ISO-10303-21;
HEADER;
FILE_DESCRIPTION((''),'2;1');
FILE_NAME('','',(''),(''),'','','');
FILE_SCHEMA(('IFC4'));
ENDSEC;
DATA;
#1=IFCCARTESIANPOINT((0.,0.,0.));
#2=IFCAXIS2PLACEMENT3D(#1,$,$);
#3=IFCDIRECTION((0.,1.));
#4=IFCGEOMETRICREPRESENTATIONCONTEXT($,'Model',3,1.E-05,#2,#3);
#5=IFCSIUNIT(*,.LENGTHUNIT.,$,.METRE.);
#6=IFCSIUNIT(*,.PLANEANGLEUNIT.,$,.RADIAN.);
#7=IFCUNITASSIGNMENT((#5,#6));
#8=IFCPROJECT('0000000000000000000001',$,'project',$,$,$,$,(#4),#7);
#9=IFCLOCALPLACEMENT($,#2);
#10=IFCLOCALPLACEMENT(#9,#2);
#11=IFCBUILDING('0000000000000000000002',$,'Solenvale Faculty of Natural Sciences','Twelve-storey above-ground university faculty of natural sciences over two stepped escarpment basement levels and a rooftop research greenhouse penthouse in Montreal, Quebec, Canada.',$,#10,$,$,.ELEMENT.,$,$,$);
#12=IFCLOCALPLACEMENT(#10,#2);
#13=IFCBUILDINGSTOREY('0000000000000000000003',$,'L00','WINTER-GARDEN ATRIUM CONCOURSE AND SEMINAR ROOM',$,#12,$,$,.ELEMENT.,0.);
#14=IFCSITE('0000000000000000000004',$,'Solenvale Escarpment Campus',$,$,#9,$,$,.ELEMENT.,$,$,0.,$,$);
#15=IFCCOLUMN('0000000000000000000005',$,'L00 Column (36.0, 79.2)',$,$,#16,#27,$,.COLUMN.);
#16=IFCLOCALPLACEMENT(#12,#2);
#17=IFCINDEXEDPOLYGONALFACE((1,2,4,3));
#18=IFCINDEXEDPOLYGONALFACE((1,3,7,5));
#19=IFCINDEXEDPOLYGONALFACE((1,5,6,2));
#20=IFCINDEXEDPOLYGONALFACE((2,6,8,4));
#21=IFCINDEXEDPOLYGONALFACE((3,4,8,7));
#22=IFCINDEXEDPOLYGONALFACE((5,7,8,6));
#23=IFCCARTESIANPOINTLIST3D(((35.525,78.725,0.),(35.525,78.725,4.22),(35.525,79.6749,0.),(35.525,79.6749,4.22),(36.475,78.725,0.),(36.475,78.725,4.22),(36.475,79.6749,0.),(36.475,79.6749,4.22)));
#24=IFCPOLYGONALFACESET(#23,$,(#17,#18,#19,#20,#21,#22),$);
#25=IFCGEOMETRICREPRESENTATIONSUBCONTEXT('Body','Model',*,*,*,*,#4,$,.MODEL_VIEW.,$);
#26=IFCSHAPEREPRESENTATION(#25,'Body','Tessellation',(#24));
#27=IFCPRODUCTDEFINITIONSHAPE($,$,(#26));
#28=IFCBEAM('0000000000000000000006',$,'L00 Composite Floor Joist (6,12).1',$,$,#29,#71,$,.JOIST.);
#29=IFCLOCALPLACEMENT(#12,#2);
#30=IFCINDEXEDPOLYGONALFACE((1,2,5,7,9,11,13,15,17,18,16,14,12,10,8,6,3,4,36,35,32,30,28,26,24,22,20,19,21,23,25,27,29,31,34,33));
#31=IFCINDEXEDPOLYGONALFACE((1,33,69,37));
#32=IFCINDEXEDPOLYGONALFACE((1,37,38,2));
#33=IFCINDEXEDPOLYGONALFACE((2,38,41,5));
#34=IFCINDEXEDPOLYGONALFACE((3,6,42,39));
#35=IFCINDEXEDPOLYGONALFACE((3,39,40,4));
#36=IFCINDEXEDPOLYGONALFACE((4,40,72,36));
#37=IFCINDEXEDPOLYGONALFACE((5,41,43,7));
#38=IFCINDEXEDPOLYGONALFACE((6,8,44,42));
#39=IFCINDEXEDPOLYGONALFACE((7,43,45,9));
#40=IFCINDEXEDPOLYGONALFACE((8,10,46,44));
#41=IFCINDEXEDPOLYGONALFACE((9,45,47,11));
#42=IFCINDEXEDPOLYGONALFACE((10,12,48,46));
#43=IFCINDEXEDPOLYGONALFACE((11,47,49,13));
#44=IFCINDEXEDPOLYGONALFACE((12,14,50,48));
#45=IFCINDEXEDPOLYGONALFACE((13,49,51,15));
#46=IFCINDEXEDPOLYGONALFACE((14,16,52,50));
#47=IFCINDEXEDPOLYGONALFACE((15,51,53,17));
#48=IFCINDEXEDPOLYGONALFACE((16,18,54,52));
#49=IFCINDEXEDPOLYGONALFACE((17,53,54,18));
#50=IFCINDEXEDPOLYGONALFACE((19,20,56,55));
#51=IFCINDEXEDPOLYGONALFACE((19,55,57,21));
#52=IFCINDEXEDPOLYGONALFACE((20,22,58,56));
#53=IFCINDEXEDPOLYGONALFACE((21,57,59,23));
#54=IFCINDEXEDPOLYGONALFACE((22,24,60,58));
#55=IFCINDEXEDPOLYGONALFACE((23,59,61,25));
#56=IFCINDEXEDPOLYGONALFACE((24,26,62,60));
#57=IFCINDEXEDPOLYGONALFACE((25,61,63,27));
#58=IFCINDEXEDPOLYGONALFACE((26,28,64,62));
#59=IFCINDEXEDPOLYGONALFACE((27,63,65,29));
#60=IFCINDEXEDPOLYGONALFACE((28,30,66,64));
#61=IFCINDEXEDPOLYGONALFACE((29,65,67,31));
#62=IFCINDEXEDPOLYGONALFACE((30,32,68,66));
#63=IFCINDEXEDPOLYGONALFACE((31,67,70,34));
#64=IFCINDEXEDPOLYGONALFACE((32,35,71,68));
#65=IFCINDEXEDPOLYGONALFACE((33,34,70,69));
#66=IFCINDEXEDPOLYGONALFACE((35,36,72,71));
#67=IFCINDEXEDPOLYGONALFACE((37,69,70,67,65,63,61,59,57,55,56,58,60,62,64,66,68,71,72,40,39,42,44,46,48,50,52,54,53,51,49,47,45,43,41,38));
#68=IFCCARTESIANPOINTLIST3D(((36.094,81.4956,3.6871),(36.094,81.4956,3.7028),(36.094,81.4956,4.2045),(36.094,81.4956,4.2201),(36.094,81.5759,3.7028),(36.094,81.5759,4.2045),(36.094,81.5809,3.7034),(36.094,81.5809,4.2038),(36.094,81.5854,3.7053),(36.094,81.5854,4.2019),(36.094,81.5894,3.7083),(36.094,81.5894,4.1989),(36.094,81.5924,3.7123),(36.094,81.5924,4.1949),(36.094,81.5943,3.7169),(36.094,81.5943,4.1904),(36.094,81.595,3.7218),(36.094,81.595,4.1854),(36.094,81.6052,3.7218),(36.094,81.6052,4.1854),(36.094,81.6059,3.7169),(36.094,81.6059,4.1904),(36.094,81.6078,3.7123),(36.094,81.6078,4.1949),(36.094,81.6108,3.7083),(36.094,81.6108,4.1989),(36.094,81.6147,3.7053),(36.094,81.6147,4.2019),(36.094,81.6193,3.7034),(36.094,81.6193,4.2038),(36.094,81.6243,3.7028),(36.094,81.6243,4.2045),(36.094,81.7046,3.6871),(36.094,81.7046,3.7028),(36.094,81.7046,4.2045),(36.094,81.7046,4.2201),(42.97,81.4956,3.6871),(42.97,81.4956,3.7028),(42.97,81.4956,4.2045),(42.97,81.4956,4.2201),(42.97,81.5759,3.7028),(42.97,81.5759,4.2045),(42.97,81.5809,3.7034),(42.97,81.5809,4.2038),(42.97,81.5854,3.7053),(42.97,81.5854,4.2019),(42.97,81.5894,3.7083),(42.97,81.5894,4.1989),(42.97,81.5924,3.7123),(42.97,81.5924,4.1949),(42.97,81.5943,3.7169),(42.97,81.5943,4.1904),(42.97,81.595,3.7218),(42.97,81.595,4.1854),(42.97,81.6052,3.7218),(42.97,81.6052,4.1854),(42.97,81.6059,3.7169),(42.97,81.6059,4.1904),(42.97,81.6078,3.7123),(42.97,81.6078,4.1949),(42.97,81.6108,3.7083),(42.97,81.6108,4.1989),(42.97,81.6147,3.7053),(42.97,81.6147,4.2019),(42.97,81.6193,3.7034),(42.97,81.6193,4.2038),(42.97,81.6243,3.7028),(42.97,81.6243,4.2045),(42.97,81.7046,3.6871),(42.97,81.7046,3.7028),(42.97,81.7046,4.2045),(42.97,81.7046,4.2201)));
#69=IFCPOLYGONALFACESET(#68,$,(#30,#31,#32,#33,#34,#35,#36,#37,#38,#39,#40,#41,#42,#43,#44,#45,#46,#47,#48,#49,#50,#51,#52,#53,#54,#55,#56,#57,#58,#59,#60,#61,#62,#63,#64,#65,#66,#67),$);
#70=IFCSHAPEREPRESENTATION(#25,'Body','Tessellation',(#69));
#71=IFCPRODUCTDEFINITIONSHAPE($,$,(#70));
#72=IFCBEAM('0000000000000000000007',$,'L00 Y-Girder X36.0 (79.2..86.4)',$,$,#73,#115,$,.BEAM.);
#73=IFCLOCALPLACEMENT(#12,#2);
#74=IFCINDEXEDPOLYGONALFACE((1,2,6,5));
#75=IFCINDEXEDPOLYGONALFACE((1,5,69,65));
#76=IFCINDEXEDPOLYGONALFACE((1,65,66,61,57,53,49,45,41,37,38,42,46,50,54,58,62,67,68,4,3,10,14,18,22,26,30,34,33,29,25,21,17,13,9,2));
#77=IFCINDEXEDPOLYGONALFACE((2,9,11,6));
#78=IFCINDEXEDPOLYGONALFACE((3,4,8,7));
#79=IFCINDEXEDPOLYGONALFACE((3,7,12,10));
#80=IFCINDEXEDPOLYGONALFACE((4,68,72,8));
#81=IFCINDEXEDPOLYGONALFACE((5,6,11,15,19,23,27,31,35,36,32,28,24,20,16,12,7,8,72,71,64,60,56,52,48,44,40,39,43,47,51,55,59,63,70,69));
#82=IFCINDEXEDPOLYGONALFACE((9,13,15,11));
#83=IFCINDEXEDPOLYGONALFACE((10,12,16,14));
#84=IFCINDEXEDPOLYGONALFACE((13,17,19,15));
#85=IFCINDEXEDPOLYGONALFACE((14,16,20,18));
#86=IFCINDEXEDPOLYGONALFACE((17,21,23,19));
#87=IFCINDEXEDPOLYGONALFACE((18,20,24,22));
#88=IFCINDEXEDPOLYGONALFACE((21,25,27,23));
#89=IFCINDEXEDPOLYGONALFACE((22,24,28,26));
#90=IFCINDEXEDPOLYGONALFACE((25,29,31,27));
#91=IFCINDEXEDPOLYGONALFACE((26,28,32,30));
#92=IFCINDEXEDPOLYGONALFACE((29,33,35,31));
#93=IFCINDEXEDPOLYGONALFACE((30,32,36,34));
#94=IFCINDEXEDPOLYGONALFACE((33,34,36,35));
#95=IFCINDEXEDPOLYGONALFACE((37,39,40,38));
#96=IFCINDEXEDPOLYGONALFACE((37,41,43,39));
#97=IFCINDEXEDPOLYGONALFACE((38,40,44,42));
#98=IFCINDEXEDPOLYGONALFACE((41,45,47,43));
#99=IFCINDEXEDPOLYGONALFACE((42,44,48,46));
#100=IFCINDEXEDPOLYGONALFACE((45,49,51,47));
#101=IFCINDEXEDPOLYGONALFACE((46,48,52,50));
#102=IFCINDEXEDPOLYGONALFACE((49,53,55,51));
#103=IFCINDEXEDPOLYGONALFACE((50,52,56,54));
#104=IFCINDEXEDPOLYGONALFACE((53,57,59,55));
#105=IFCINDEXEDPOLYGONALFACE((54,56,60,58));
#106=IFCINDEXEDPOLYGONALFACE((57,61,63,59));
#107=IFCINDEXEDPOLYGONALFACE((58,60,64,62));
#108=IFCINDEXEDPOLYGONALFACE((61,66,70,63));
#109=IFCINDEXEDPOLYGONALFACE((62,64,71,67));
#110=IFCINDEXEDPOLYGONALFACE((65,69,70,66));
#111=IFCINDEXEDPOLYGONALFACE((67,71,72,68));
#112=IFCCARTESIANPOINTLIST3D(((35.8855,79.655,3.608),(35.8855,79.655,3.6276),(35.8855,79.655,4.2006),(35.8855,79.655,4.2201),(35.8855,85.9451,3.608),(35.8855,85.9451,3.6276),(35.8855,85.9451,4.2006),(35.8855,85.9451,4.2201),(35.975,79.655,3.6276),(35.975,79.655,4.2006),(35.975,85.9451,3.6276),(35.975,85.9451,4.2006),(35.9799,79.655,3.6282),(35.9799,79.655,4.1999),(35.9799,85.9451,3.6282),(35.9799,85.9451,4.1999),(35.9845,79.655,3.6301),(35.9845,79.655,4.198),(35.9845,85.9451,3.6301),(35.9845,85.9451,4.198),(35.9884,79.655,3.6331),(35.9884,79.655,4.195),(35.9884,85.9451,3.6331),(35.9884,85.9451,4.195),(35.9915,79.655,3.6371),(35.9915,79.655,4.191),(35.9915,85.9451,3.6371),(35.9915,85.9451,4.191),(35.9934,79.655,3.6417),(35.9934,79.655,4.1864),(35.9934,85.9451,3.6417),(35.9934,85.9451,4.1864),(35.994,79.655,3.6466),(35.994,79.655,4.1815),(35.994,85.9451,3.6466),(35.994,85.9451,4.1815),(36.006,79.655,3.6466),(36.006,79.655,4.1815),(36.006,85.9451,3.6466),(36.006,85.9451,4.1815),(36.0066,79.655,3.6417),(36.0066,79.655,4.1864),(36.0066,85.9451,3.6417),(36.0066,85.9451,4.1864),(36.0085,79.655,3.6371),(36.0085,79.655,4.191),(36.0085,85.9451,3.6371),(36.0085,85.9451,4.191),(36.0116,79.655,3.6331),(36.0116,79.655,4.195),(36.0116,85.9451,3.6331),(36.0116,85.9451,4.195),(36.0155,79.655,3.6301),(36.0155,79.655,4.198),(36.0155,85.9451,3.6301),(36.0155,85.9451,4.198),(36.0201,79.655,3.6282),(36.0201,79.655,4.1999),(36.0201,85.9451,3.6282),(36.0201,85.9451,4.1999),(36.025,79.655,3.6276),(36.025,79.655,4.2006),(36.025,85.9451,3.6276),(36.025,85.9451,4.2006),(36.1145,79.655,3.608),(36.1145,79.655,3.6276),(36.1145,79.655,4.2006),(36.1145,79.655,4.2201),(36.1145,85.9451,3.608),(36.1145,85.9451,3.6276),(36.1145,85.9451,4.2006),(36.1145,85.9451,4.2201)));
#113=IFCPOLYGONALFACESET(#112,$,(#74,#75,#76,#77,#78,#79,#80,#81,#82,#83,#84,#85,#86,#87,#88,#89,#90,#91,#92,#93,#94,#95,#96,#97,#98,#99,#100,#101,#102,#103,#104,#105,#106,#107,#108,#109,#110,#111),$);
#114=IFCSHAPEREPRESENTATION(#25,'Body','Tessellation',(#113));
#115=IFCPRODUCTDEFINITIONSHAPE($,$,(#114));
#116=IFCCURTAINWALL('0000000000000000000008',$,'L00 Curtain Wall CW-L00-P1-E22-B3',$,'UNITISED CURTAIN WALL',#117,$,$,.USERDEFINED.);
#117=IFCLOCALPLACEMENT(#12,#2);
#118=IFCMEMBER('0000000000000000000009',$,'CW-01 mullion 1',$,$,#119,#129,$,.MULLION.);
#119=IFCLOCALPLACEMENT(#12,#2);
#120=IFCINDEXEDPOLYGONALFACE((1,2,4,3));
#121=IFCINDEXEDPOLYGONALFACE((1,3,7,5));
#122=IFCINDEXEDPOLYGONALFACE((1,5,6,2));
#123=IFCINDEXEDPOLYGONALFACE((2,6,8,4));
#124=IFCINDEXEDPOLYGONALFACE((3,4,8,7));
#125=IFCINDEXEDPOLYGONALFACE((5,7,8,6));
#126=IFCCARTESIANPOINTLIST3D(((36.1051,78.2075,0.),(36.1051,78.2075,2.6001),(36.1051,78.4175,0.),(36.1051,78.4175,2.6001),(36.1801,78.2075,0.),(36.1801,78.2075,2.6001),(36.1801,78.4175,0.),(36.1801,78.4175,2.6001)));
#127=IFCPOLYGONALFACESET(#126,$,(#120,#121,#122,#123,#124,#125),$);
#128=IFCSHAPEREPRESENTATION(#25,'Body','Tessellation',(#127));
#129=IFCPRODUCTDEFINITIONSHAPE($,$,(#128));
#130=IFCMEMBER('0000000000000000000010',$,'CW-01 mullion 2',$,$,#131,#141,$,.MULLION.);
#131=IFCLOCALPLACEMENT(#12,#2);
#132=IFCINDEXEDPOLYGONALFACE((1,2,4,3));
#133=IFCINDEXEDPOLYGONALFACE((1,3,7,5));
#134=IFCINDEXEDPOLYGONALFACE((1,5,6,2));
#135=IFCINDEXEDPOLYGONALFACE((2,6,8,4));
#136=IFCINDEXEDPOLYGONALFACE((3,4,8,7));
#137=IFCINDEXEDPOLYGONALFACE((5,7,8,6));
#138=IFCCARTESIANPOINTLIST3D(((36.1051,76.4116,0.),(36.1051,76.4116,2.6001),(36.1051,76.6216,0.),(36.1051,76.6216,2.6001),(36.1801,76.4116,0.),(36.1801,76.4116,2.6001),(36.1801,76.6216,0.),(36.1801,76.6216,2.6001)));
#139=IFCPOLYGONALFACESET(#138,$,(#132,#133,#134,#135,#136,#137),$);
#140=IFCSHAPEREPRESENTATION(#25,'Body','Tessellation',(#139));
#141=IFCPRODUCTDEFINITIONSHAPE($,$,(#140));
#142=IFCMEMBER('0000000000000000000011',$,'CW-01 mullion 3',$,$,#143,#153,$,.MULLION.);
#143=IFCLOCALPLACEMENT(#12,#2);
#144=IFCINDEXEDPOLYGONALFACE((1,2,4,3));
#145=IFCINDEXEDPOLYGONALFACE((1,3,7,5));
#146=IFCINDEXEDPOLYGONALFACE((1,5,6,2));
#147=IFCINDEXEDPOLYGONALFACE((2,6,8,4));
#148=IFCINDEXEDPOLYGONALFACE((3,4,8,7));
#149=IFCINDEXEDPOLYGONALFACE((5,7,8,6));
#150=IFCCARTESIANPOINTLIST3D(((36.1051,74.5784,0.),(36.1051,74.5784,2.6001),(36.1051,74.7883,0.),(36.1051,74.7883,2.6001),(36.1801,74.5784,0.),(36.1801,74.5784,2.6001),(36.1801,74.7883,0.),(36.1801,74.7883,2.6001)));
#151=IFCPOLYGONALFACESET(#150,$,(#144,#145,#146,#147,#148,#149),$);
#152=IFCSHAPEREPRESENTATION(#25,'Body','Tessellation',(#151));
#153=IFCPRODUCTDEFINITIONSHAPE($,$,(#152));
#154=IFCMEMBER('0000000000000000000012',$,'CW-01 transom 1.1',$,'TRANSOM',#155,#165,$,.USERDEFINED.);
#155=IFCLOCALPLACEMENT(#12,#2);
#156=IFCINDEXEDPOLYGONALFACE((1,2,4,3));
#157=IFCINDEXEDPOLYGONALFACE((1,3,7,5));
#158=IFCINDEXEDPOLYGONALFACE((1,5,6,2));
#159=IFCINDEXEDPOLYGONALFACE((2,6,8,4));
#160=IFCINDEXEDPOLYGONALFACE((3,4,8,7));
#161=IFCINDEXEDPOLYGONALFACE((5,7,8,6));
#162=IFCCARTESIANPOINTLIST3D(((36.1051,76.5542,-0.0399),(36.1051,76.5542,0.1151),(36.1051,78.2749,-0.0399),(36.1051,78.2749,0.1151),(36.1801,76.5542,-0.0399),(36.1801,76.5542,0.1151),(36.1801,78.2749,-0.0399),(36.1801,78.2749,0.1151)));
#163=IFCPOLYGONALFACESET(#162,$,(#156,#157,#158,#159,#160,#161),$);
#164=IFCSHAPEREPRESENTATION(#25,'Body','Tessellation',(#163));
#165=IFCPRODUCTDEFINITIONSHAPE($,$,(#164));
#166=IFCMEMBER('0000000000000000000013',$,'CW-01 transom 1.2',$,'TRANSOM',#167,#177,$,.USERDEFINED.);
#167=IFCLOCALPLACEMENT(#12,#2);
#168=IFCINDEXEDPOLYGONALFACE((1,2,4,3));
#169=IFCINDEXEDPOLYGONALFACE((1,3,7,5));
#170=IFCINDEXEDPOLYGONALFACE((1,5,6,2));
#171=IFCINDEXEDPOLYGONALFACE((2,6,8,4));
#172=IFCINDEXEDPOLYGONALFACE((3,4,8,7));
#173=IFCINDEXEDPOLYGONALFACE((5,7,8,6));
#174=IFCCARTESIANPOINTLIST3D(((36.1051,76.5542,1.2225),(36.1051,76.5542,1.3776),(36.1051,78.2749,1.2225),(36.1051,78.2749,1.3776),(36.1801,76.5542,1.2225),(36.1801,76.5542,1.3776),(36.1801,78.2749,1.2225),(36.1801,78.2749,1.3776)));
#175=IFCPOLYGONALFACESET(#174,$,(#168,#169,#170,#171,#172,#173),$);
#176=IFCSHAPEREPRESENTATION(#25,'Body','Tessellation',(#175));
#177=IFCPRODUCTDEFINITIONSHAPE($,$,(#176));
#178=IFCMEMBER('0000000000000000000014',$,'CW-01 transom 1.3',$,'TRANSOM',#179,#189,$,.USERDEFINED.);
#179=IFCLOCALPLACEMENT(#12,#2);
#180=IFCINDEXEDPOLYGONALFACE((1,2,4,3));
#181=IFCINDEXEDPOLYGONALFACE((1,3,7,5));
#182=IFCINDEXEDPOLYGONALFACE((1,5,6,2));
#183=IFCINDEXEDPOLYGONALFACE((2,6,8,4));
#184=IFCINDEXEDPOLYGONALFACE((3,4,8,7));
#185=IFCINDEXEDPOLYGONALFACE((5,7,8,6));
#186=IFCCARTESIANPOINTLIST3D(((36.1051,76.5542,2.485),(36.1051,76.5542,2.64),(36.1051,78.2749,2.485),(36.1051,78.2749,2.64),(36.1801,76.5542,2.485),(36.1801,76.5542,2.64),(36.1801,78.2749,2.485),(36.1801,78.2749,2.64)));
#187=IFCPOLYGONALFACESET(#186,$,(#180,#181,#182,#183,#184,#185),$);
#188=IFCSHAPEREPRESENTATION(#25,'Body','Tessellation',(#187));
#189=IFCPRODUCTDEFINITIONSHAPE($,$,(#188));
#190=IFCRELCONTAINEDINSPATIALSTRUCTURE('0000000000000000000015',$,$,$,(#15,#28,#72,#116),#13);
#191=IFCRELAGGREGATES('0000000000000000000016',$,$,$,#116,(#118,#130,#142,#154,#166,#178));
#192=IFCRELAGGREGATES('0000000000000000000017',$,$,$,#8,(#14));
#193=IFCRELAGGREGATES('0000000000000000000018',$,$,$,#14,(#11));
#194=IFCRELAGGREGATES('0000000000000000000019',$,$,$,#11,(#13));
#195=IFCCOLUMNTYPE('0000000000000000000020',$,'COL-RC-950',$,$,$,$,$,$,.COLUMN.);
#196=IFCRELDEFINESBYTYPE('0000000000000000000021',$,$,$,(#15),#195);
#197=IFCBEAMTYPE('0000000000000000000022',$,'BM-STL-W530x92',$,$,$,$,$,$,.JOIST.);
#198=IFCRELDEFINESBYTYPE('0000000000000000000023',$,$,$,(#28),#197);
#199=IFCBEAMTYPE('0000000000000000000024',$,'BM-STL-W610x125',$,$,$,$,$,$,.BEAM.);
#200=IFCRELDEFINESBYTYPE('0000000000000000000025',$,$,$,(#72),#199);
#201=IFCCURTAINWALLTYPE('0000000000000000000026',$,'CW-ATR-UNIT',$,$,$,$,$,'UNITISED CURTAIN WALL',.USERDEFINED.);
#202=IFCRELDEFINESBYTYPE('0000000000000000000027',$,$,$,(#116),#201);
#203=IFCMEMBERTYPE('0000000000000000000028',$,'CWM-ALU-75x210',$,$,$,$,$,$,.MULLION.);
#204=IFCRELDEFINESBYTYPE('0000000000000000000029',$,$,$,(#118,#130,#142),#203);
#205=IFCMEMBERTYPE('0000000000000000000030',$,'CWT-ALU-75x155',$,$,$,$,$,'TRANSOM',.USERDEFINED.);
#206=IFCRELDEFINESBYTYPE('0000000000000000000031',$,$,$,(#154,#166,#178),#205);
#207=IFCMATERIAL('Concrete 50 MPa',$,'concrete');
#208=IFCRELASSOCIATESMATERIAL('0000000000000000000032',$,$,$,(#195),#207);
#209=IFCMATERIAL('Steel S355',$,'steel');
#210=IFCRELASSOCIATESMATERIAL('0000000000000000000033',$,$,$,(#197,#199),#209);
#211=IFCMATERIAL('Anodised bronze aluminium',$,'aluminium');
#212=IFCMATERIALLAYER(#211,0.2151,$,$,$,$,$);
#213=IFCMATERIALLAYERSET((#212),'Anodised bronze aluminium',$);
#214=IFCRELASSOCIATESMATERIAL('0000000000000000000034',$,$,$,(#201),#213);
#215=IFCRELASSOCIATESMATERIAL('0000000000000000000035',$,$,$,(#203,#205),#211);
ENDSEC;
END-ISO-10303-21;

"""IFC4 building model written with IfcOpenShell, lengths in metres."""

from ifc_helpers import new_model, si_unit, direction, frame, origin, origin_2d, place, context, subcontext, project, spatial, rectangle, i_section, extrude, material, layer, layer_set, material_profile, profile_set, type_object, element, aggregate, save


model = new_model("IFC4")

# Units and contexts
model_context = context("Model", 3, precision=1e-05, world=origin(), true_north=direction((0.0, 1.0)))
body_context = subcontext(model_context, "Body", "Model", "MODEL_VIEW")
ifc_project = project(units=[si_unit("LENGTHUNIT", "METRE"), si_unit("PLANEANGLEUNIT", "RADIAN")], contexts=[model_context])

# Site, building, storey
site_placement = place(None, origin())
site = spatial("IfcSite", under=ifc_project, at=site_placement, Name="Solenvale Escarpment Campus", CompositionType="ELEMENT", RefElevation=0.0)
building_placement = place(site_placement, origin())
building = spatial("IfcBuilding", under=site, at=building_placement, Name="Solenvale Faculty of Natural Sciences", Description="Twelve-storey above-ground university faculty of natural sciences over two stepped escarpment basement levels and a rooftop research greenhouse penthouse in Montreal, Quebec, Canada.", CompositionType="ELEMENT")
storey_placement = place(building_placement, origin())
storey = spatial("IfcBuildingStorey", under=building, at=storey_placement, Name="L00", Description="WINTER-GARDEN ATRIUM CONCOURSE AND SEMINAR ROOM", CompositionType="ELEMENT", Elevation=0.0)

# Column
ifc_material_1 = material(Name="Concrete 50 MPa", Category="concrete")
ifc_material_profile_1 = material_profile(ifc_material_1, rectangle(XDim=0.95, YDim=0.95, at=origin_2d()), Name="RC-COL-950x950")
ifc_profile_set_1 = profile_set([ifc_material_profile_1], Name="Concrete 50 MPa")
column_type = type_object("IfcColumnType", Name="COL-RC-950", PredefinedType="COLUMN", material=ifc_profile_set_1)
column_placement = place(storey_placement, frame((36.0, 79.2, 0.0), z_axis=(0.0, 0.0, 1.0), x_axis=(1.0, 0.0, 0.0)))
element("IfcColumn", 1, at=column_placement, inside=storey, type_object=column_type, Name="L00 Column (36.0, 79.2)", PredefinedType="COLUMN", context=body_context, shape_type="SweptSolid", body=[
    extrude(rectangle(XDim=0.95, YDim=0.95, at=origin_2d()), origin(), (0.0, 0.0, 1.0), 4.22),
])

# Beams
ifc_material_2 = material(Name="Steel S355", Category="steel")
ifc_material_profile_2 = material_profile(ifc_material_2, i_section(OverallWidth=0.209, OverallDepth=0.533, WebThickness=0.0103, FlangeThickness=0.0156, FilletRadius=0.019, at=origin_2d()), Name="W530x92")
ifc_profile_set_2 = profile_set([ifc_material_profile_2], Name="Steel S355")
beam_type_1 = type_object("IfcBeamType", Name="BM-STL-W530x92", PredefinedType="JOIST", material=ifc_profile_set_2)
beam_1_placement = place(storey_placement, frame((36.094, 81.6001, 3.9536), z_axis=(1.0, 0.0, 0.0), x_axis=(0.0, 1.0, 0.0)))
element("IfcBeam", 2, at=beam_1_placement, inside=storey, type_object=beam_type_1, Name="L00 Composite Floor Joist (6,12).1", PredefinedType="JOIST", context=body_context, shape_type="SweptSolid", body=[
    extrude(i_section(OverallWidth=0.209, OverallDepth=0.533, WebThickness=0.0103, FlangeThickness=0.0156, FilletRadius=0.019, at=origin_2d()), origin(), (0.0, 0.0, 1.0), 6.876),
])
ifc_material_profile_3 = material_profile(ifc_material_2, i_section(OverallWidth=0.229, OverallDepth=0.6121, WebThickness=0.012, FlangeThickness=0.0195, FilletRadius=0.019, at=origin_2d()), Name="W610x125")
ifc_profile_set_3 = profile_set([ifc_material_profile_3], Name="Steel S355")
beam_type_2 = type_object("IfcBeamType", Name="BM-STL-W610x125", PredefinedType="BEAM", material=ifc_profile_set_3)
beam_2_placement = place(storey_placement, frame((36.0, 79.655, 3.9141), z_axis=(0.0, 1.0, 0.0), x_axis=(-1.0, 0.0, 0.0)))
element("IfcBeam", 3, at=beam_2_placement, inside=storey, type_object=beam_type_2, Name="L00 Y-Girder X36.0 (79.2..86.4)", PredefinedType="BEAM", context=body_context, shape_type="SweptSolid", body=[
    extrude(i_section(OverallWidth=0.229, OverallDepth=0.6121, WebThickness=0.012, FlangeThickness=0.0195, FilletRadius=0.019, at=origin_2d()), origin(), (0.0, 0.0, 1.0), 6.29),
])

# Curtain wall, members
ifc_material_3 = material(Name="Anodised bronze aluminium", Category="aluminium")
ifc_layer_1 = layer(ifc_material_3, 0.2151)
ifc_layer_set_1 = layer_set([ifc_layer_1], Name="Anodised bronze aluminium")
curtain_wall_type = type_object("IfcCurtainWallType", Name="CW-ATR-UNIT", ElementType="UNITISED CURTAIN WALL", PredefinedType="USERDEFINED", material=ifc_layer_set_1)
curtain_wall_placement = place(storey_placement, origin())
curtain_wall = element("IfcCurtainWall", 4, at=curtain_wall_placement, inside=storey, type_object=curtain_wall_type, Name="L00 Curtain Wall CW-L00-P1-E22-B3", ObjectType="UNITISED CURTAIN WALL", PredefinedType="USERDEFINED")
ifc_material_profile_4 = material_profile(ifc_material_3, rectangle(XDim=0.075, YDim=0.21, at=origin_2d()), Name="ALU-MUL-75x210")
ifc_profile_set_4 = profile_set([ifc_material_profile_4], Name="Anodised bronze aluminium")
member_type_1 = type_object("IfcMemberType", Name="CWM-ALU-75x210", PredefinedType="MULLION", material=ifc_profile_set_4)
member_1_placement = place(storey_placement, frame((36.1426, 78.3125, 0.0), z_axis=(0.0, 0.0, 1.0), x_axis=(1.0, 0.0, 0.0)))
member_1 = element("IfcMember", 5, at=member_1_placement, type_object=member_type_1, Name="CW-01 mullion 1", PredefinedType="MULLION", context=body_context, shape_type="SweptSolid", body=[
    extrude(rectangle(XDim=0.075, YDim=0.21, at=origin_2d()), origin(), (0.0, 0.0, 1.0), 2.6001),
])
member_2_placement = place(storey_placement, frame((36.1426, 76.5166, 0.0), z_axis=(0.0, 0.0, 1.0), x_axis=(1.0, 0.0, 0.0)))
member_2 = element("IfcMember", 6, at=member_2_placement, type_object=member_type_1, Name="CW-01 mullion 2", PredefinedType="MULLION", context=body_context, shape_type="SweptSolid", body=[
    extrude(rectangle(XDim=0.075, YDim=0.21, at=origin_2d()), origin(), (0.0, 0.0, 1.0), 2.6001),
])
member_3_placement = place(storey_placement, frame((36.1426, 74.6833, 0.0), z_axis=(0.0, 0.0, 1.0), x_axis=(1.0, 0.0, 0.0)))
member_3 = element("IfcMember", 7, at=member_3_placement, type_object=member_type_1, Name="CW-01 mullion 3", PredefinedType="MULLION", context=body_context, shape_type="SweptSolid", body=[
    extrude(rectangle(XDim=0.075, YDim=0.21, at=origin_2d()), origin(), (0.0, 0.0, 1.0), 2.6001),
])
ifc_material_profile_5 = material_profile(ifc_material_3, rectangle(XDim=0.075, YDim=0.155, at=origin_2d()), Name="ALU-TRN-75x155")
ifc_profile_set_5 = profile_set([ifc_material_profile_5], Name="Anodised bronze aluminium")
member_type_2 = type_object("IfcMemberType", Name="CWT-ALU-75x155", ElementType="TRANSOM", PredefinedType="USERDEFINED", material=ifc_profile_set_5)
member_4_placement = place(storey_placement, frame((36.1426, 78.2749, 0.0376), z_axis=(0.0, -1.0, 0.0), x_axis=(1.0, 0.0, 0.0)))
member_4 = element("IfcMember", 8, at=member_4_placement, type_object=member_type_2, Name="CW-01 transom 1.1", ObjectType="TRANSOM", PredefinedType="USERDEFINED", context=body_context, shape_type="SweptSolid", body=[
    extrude(rectangle(XDim=0.075, YDim=0.155, at=origin_2d()), origin(), (0.0, 0.0, 1.0), 1.7207),
])
member_5_placement = place(storey_placement, frame((36.1426, 78.2749, 1.3), z_axis=(0.0, -1.0, 0.0), x_axis=(1.0, 0.0, 0.0)))
member_5 = element("IfcMember", 9, at=member_5_placement, type_object=member_type_2, Name="CW-01 transom 1.2", ObjectType="TRANSOM", PredefinedType="USERDEFINED", context=body_context, shape_type="SweptSolid", body=[
    extrude(rectangle(XDim=0.075, YDim=0.155, at=origin_2d()), origin(), (0.0, 0.0, 1.0), 1.7207),
])
member_6_placement = place(storey_placement, frame((36.1426, 78.2749, 2.5625), z_axis=(0.0, -1.0, 0.0), x_axis=(1.0, 0.0, 0.0)))
member_6 = element("IfcMember", 10, at=member_6_placement, type_object=member_type_2, Name="CW-01 transom 1.3", ObjectType="TRANSOM", PredefinedType="USERDEFINED", context=body_context, shape_type="SweptSolid", body=[
    extrude(rectangle(XDim=0.075, YDim=0.155, at=origin_2d()), origin(), (0.0, 0.0, 1.0), 1.7207),
])
aggregate(curtain_wall, [member_1, member_2, member_3, member_4, member_5, member_6])

save(model, "model.ifc")
